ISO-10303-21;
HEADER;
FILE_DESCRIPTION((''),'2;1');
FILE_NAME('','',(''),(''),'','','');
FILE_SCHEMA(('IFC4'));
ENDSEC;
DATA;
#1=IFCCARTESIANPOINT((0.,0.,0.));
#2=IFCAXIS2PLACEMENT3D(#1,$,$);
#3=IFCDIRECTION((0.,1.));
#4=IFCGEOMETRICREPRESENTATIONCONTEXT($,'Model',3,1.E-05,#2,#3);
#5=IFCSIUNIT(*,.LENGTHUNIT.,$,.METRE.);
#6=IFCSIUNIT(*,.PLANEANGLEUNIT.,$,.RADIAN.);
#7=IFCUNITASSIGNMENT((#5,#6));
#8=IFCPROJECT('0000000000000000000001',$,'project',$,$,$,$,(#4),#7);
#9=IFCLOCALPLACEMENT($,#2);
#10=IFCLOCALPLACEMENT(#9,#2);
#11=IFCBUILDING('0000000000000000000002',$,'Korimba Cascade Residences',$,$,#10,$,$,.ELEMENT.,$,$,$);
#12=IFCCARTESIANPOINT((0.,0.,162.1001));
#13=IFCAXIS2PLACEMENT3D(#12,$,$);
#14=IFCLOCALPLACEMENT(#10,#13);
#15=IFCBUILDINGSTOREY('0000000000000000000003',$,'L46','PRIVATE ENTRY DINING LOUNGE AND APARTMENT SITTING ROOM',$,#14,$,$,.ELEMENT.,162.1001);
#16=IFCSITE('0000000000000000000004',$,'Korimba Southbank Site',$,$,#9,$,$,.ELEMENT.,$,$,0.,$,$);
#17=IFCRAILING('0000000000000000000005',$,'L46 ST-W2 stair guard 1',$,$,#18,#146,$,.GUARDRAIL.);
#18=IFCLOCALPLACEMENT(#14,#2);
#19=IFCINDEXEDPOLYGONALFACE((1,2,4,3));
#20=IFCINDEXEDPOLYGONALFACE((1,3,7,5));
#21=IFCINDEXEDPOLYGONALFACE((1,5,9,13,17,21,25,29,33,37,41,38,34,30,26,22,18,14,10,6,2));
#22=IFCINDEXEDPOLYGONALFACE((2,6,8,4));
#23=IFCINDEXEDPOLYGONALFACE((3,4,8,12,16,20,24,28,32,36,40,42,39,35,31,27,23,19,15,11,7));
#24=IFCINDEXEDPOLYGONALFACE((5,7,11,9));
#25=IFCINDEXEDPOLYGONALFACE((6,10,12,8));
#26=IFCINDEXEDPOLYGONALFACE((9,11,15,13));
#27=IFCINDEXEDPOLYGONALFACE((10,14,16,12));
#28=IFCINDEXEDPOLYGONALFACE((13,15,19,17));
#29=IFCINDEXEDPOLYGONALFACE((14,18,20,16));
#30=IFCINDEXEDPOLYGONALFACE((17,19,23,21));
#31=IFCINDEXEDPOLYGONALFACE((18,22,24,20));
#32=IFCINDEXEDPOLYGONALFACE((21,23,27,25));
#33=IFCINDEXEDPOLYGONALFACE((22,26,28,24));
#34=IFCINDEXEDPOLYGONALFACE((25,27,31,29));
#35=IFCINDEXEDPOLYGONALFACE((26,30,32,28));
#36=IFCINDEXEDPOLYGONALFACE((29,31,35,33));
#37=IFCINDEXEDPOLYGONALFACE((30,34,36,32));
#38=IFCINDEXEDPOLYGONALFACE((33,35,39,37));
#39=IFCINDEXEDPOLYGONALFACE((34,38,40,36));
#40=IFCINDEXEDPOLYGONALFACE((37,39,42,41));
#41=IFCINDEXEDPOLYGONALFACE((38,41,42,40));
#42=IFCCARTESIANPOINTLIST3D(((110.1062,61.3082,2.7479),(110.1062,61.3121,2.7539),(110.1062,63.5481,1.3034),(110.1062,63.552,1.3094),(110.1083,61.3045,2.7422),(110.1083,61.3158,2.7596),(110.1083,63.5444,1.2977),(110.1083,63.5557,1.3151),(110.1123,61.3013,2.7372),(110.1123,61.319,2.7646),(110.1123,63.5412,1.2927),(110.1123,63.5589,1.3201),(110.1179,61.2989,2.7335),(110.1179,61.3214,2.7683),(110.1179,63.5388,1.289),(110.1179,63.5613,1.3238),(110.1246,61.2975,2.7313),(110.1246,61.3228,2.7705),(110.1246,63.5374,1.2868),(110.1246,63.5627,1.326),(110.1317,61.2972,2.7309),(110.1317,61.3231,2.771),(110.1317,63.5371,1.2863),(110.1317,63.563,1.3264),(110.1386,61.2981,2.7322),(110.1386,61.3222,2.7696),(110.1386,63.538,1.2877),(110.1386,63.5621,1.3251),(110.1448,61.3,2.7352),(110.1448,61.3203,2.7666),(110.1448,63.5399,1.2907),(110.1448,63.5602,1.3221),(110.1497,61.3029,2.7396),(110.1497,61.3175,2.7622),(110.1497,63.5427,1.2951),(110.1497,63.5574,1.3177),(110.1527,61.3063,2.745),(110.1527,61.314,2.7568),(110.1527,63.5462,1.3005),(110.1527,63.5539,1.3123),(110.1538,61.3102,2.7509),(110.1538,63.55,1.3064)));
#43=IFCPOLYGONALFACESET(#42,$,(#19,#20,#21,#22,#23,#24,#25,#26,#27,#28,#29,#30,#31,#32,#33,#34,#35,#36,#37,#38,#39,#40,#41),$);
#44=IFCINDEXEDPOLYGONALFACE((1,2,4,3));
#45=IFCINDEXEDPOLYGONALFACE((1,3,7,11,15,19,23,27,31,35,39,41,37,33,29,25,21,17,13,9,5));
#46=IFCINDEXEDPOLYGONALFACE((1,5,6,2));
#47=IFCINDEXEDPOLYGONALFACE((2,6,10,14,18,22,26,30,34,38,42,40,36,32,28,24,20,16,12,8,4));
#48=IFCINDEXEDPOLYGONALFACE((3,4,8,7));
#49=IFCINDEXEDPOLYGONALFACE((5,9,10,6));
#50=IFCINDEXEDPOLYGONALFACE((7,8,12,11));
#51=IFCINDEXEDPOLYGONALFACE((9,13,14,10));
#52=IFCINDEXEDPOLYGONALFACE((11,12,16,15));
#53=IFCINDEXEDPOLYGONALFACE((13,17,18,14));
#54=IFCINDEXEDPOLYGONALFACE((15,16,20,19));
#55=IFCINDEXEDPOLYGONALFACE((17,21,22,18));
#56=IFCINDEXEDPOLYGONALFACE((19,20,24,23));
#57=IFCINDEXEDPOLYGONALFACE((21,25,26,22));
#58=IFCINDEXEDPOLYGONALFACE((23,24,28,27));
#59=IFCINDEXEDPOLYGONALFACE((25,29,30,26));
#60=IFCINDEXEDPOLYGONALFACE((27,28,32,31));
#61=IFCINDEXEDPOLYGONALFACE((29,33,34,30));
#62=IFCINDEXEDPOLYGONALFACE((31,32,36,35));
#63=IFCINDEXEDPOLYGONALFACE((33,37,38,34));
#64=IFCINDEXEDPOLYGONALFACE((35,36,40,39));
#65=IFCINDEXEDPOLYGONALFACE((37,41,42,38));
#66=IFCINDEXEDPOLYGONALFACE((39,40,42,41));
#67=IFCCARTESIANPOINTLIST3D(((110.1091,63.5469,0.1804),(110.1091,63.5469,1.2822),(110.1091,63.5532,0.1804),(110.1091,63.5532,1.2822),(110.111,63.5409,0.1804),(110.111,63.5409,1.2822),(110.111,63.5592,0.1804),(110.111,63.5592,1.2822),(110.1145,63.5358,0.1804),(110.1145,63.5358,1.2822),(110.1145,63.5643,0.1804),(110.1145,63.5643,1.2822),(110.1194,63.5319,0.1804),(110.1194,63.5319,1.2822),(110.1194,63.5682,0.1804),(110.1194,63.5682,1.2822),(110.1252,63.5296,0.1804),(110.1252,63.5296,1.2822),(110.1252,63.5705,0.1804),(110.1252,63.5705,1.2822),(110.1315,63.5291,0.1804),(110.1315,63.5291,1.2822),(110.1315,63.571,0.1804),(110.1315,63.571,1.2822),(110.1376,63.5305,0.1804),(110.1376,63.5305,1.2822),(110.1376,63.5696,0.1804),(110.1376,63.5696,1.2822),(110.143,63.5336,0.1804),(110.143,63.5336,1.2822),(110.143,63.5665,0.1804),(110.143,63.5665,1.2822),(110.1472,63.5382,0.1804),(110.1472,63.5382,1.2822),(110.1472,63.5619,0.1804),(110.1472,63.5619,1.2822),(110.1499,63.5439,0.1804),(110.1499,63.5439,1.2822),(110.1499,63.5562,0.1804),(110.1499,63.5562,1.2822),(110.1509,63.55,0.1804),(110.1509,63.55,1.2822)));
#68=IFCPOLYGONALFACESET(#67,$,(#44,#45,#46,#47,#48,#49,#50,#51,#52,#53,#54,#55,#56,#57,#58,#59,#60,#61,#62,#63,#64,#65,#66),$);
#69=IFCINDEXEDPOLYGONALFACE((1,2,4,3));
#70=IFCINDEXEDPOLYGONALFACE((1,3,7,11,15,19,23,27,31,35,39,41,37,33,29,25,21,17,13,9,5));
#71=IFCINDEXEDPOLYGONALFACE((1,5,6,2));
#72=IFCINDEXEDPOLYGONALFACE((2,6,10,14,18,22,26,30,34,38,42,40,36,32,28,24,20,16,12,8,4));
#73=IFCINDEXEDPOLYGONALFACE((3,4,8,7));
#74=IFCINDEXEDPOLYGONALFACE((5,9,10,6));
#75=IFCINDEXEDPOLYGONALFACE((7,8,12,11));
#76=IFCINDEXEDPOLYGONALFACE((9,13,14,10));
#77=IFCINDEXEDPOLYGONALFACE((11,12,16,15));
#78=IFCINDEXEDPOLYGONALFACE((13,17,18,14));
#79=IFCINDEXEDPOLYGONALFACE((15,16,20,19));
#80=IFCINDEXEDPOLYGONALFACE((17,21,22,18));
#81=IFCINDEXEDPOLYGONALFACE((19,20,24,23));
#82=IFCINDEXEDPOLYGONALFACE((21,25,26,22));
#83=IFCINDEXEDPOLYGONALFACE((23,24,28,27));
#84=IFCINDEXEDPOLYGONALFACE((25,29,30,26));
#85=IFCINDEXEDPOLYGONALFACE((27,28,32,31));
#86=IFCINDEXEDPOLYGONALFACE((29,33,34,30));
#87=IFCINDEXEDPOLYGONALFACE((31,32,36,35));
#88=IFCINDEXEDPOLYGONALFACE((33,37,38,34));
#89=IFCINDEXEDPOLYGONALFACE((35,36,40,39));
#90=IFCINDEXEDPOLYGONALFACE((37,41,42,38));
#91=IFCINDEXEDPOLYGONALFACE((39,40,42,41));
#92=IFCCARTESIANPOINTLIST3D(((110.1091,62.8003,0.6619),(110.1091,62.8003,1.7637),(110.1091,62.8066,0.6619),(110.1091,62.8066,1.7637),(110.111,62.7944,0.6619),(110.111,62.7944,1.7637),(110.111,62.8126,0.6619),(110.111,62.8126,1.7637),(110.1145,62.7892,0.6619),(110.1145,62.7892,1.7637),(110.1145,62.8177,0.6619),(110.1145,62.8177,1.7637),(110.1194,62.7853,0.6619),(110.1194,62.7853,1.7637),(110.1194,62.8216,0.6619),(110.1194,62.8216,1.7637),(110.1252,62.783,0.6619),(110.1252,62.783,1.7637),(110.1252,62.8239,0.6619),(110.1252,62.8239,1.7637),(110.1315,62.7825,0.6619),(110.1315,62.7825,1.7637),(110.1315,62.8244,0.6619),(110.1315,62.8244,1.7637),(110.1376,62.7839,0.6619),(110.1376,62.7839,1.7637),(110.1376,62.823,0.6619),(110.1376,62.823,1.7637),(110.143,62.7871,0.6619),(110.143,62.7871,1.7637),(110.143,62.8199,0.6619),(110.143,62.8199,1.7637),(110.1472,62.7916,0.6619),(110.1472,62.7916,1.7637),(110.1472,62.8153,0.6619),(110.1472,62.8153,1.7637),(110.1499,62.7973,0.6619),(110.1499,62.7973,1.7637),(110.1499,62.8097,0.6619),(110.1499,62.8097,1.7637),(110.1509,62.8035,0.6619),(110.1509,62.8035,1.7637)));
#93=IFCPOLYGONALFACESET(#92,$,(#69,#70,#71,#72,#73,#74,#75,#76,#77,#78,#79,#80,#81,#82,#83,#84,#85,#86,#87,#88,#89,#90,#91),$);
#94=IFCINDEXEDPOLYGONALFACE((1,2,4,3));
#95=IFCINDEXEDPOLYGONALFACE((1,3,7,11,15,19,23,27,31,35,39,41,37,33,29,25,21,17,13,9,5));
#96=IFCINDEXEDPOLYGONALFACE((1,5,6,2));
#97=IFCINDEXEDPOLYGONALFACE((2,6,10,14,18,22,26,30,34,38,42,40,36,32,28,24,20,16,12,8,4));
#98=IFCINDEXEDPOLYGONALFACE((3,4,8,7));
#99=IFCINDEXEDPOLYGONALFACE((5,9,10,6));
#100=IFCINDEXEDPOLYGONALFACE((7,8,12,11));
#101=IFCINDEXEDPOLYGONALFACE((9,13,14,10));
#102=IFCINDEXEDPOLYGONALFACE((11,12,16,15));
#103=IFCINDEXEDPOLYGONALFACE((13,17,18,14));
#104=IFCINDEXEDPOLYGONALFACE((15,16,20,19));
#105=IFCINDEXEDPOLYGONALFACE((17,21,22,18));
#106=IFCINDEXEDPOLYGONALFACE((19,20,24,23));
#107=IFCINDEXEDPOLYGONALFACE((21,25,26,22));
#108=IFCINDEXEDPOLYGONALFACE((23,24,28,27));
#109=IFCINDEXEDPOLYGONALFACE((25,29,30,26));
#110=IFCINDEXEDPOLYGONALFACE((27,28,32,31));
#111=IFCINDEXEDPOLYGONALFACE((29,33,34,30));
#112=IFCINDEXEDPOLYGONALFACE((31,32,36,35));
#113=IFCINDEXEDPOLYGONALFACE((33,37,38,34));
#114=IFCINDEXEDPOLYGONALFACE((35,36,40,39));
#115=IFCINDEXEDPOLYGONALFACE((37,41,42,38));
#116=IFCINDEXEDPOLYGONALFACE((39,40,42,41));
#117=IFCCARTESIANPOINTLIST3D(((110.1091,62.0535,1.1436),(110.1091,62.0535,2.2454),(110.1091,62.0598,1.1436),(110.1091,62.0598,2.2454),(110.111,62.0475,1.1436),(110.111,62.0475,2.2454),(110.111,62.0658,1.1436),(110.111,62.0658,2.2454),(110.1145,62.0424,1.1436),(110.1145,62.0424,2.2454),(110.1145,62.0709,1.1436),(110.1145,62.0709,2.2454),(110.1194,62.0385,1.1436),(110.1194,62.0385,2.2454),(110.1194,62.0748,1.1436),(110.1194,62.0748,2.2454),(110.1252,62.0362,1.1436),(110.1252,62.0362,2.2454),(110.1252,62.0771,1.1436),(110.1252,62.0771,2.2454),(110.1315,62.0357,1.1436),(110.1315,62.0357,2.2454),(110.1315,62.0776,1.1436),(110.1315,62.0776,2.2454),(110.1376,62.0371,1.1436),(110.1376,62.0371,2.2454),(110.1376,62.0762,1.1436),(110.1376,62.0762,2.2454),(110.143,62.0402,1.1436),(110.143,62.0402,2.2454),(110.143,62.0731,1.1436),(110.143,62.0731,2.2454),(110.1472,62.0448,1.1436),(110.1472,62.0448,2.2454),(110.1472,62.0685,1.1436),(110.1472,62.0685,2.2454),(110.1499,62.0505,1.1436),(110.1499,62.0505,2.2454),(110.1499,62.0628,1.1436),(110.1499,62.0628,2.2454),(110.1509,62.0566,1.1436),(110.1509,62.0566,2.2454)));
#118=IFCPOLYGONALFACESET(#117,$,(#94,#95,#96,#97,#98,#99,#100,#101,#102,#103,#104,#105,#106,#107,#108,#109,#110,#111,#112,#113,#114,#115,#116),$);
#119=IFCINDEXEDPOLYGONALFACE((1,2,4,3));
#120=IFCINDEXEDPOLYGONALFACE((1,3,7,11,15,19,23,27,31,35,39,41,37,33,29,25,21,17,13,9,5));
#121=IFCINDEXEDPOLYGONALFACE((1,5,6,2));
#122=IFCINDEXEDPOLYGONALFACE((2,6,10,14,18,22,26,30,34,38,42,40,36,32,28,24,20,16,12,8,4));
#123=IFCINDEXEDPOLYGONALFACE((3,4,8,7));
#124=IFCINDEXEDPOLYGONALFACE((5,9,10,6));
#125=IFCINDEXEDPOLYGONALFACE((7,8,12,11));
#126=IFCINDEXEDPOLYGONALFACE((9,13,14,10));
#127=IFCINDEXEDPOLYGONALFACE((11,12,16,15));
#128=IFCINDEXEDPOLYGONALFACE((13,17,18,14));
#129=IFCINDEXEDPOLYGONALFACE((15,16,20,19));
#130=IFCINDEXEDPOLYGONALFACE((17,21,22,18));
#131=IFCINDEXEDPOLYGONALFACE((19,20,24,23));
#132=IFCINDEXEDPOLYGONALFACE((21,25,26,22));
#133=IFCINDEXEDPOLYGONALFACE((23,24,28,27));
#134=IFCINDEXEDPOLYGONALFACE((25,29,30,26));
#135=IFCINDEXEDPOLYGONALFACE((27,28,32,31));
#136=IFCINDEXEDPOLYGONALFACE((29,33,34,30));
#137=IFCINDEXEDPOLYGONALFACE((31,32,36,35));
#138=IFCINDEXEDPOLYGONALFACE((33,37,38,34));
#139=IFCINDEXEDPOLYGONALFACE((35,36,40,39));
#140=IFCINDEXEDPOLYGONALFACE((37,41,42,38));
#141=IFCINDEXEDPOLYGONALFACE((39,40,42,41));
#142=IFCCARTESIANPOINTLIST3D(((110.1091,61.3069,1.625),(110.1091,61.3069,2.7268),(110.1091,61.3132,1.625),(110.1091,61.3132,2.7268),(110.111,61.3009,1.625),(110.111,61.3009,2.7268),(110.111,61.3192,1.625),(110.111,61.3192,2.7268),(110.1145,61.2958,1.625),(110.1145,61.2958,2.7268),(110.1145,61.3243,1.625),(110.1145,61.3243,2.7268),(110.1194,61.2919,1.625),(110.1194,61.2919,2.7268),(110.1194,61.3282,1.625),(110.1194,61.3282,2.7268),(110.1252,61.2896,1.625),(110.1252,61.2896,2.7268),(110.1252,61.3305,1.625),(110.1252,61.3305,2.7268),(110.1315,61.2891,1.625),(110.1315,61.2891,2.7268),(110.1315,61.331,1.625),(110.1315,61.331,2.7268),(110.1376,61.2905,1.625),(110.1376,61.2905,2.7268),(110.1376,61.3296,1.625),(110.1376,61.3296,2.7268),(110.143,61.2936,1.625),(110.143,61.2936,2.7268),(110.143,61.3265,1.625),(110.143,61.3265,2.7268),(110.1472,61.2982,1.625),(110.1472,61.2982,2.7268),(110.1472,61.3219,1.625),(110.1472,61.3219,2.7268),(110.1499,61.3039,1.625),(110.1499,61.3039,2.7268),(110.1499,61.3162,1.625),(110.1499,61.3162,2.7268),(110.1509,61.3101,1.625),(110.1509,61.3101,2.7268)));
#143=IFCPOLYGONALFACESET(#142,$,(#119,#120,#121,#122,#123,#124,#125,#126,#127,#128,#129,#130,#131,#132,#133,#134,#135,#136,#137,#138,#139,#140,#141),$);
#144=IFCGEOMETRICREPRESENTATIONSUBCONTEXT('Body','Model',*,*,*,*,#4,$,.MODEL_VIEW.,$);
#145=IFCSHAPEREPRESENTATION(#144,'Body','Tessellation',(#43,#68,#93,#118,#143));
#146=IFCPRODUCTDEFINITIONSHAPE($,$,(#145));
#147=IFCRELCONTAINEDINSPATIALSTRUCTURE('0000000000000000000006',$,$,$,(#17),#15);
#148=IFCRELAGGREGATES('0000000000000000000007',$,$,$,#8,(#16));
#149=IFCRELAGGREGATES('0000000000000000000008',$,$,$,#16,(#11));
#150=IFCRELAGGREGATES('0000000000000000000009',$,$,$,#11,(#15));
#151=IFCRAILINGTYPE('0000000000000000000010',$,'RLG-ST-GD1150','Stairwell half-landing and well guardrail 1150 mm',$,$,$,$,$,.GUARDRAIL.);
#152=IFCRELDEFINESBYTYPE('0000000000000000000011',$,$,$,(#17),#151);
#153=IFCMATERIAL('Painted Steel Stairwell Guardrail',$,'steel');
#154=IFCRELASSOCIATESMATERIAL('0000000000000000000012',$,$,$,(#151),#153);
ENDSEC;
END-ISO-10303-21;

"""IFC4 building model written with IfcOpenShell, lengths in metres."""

from ifc_helpers import new_model, si_unit, direction, frame, origin, origin_2d, place, context, subcontext, project, spatial, circle, extrude, material, type_object, element, save


model = new_model("IFC4")

# Units and contexts
model_context = context("Model", 3, precision=1e-05, world=origin(), true_north=direction((0.0, 1.0)))
body_context = subcontext(model_context, "Body", "Model", "MODEL_VIEW")
ifc_project = project(units=[si_unit("LENGTHUNIT", "METRE"), si_unit("PLANEANGLEUNIT", "RADIAN")], contexts=[model_context])

# Site, building, storey
site_placement = place(None, origin())
site = spatial("IfcSite", under=ifc_project, at=site_placement, Name="Korimba Southbank Site", CompositionType="ELEMENT", RefElevation=0.0)
building_placement = place(site_placement, origin())
building = spatial("IfcBuilding", under=site, at=building_placement, Name="Korimba Cascade Residences", CompositionType="ELEMENT")
storey_placement = place(building_placement, frame((0.0, 0.0, 162.1001)))
storey = spatial("IfcBuildingStorey", under=building, at=storey_placement, Name="L46", Description="PRIVATE ENTRY DINING LOUNGE AND APARTMENT SITTING ROOM", CompositionType="ELEMENT", Elevation=162.1001)

# Railing
ifc_material_1 = material(Name="Painted Steel Stairwell Guardrail", Category="steel")
railing_type_1 = type_object("IfcRailingType", Name="RLG-ST-GD1150", Description="Stairwell half-landing and well guardrail 1150 mm", PredefinedType="GUARDRAIL", material=ifc_material_1)
railing_1_placement = place(storey_placement, frame((110.1299, 63.55, 0.1804)))
element("IfcRailing", 1, at=railing_1_placement, inside=storey, type_object=railing_type_1, Name="L46 ST-W2 stair guard 1", PredefinedType="GUARDRAIL", context=body_context, shape_type="SweptSolid", body=[
    extrude(circle(Radius=0.0239, at=origin_2d()), frame((0.0, 0.0, 1.126), z_axis=(0.0, -0.840395, 0.541975), x_axis=(1.0, 0.0, 0.0)), (0.0, 0.0, 1.0), 2.6653),
    extrude(circle(Radius=0.021, at=origin_2d()), origin(), (0.0, 0.0, 1.0), 1.1018),
    extrude(circle(Radius=0.021, at=origin_2d()), frame((0.0, -0.7466, 0.4814)), (0.0, 0.0, 1.0), 1.1018),
    extrude(circle(Radius=0.021, at=origin_2d()), frame((0.0, -1.4934, 0.9631)), (0.0, 0.0, 1.0), 1.1018),
    extrude(circle(Radius=0.021, at=origin_2d()), frame((0.0, -2.24, 1.4446)), (0.0, 0.0, 1.0), 1.1018),
])

save(model, "model.ifc")
